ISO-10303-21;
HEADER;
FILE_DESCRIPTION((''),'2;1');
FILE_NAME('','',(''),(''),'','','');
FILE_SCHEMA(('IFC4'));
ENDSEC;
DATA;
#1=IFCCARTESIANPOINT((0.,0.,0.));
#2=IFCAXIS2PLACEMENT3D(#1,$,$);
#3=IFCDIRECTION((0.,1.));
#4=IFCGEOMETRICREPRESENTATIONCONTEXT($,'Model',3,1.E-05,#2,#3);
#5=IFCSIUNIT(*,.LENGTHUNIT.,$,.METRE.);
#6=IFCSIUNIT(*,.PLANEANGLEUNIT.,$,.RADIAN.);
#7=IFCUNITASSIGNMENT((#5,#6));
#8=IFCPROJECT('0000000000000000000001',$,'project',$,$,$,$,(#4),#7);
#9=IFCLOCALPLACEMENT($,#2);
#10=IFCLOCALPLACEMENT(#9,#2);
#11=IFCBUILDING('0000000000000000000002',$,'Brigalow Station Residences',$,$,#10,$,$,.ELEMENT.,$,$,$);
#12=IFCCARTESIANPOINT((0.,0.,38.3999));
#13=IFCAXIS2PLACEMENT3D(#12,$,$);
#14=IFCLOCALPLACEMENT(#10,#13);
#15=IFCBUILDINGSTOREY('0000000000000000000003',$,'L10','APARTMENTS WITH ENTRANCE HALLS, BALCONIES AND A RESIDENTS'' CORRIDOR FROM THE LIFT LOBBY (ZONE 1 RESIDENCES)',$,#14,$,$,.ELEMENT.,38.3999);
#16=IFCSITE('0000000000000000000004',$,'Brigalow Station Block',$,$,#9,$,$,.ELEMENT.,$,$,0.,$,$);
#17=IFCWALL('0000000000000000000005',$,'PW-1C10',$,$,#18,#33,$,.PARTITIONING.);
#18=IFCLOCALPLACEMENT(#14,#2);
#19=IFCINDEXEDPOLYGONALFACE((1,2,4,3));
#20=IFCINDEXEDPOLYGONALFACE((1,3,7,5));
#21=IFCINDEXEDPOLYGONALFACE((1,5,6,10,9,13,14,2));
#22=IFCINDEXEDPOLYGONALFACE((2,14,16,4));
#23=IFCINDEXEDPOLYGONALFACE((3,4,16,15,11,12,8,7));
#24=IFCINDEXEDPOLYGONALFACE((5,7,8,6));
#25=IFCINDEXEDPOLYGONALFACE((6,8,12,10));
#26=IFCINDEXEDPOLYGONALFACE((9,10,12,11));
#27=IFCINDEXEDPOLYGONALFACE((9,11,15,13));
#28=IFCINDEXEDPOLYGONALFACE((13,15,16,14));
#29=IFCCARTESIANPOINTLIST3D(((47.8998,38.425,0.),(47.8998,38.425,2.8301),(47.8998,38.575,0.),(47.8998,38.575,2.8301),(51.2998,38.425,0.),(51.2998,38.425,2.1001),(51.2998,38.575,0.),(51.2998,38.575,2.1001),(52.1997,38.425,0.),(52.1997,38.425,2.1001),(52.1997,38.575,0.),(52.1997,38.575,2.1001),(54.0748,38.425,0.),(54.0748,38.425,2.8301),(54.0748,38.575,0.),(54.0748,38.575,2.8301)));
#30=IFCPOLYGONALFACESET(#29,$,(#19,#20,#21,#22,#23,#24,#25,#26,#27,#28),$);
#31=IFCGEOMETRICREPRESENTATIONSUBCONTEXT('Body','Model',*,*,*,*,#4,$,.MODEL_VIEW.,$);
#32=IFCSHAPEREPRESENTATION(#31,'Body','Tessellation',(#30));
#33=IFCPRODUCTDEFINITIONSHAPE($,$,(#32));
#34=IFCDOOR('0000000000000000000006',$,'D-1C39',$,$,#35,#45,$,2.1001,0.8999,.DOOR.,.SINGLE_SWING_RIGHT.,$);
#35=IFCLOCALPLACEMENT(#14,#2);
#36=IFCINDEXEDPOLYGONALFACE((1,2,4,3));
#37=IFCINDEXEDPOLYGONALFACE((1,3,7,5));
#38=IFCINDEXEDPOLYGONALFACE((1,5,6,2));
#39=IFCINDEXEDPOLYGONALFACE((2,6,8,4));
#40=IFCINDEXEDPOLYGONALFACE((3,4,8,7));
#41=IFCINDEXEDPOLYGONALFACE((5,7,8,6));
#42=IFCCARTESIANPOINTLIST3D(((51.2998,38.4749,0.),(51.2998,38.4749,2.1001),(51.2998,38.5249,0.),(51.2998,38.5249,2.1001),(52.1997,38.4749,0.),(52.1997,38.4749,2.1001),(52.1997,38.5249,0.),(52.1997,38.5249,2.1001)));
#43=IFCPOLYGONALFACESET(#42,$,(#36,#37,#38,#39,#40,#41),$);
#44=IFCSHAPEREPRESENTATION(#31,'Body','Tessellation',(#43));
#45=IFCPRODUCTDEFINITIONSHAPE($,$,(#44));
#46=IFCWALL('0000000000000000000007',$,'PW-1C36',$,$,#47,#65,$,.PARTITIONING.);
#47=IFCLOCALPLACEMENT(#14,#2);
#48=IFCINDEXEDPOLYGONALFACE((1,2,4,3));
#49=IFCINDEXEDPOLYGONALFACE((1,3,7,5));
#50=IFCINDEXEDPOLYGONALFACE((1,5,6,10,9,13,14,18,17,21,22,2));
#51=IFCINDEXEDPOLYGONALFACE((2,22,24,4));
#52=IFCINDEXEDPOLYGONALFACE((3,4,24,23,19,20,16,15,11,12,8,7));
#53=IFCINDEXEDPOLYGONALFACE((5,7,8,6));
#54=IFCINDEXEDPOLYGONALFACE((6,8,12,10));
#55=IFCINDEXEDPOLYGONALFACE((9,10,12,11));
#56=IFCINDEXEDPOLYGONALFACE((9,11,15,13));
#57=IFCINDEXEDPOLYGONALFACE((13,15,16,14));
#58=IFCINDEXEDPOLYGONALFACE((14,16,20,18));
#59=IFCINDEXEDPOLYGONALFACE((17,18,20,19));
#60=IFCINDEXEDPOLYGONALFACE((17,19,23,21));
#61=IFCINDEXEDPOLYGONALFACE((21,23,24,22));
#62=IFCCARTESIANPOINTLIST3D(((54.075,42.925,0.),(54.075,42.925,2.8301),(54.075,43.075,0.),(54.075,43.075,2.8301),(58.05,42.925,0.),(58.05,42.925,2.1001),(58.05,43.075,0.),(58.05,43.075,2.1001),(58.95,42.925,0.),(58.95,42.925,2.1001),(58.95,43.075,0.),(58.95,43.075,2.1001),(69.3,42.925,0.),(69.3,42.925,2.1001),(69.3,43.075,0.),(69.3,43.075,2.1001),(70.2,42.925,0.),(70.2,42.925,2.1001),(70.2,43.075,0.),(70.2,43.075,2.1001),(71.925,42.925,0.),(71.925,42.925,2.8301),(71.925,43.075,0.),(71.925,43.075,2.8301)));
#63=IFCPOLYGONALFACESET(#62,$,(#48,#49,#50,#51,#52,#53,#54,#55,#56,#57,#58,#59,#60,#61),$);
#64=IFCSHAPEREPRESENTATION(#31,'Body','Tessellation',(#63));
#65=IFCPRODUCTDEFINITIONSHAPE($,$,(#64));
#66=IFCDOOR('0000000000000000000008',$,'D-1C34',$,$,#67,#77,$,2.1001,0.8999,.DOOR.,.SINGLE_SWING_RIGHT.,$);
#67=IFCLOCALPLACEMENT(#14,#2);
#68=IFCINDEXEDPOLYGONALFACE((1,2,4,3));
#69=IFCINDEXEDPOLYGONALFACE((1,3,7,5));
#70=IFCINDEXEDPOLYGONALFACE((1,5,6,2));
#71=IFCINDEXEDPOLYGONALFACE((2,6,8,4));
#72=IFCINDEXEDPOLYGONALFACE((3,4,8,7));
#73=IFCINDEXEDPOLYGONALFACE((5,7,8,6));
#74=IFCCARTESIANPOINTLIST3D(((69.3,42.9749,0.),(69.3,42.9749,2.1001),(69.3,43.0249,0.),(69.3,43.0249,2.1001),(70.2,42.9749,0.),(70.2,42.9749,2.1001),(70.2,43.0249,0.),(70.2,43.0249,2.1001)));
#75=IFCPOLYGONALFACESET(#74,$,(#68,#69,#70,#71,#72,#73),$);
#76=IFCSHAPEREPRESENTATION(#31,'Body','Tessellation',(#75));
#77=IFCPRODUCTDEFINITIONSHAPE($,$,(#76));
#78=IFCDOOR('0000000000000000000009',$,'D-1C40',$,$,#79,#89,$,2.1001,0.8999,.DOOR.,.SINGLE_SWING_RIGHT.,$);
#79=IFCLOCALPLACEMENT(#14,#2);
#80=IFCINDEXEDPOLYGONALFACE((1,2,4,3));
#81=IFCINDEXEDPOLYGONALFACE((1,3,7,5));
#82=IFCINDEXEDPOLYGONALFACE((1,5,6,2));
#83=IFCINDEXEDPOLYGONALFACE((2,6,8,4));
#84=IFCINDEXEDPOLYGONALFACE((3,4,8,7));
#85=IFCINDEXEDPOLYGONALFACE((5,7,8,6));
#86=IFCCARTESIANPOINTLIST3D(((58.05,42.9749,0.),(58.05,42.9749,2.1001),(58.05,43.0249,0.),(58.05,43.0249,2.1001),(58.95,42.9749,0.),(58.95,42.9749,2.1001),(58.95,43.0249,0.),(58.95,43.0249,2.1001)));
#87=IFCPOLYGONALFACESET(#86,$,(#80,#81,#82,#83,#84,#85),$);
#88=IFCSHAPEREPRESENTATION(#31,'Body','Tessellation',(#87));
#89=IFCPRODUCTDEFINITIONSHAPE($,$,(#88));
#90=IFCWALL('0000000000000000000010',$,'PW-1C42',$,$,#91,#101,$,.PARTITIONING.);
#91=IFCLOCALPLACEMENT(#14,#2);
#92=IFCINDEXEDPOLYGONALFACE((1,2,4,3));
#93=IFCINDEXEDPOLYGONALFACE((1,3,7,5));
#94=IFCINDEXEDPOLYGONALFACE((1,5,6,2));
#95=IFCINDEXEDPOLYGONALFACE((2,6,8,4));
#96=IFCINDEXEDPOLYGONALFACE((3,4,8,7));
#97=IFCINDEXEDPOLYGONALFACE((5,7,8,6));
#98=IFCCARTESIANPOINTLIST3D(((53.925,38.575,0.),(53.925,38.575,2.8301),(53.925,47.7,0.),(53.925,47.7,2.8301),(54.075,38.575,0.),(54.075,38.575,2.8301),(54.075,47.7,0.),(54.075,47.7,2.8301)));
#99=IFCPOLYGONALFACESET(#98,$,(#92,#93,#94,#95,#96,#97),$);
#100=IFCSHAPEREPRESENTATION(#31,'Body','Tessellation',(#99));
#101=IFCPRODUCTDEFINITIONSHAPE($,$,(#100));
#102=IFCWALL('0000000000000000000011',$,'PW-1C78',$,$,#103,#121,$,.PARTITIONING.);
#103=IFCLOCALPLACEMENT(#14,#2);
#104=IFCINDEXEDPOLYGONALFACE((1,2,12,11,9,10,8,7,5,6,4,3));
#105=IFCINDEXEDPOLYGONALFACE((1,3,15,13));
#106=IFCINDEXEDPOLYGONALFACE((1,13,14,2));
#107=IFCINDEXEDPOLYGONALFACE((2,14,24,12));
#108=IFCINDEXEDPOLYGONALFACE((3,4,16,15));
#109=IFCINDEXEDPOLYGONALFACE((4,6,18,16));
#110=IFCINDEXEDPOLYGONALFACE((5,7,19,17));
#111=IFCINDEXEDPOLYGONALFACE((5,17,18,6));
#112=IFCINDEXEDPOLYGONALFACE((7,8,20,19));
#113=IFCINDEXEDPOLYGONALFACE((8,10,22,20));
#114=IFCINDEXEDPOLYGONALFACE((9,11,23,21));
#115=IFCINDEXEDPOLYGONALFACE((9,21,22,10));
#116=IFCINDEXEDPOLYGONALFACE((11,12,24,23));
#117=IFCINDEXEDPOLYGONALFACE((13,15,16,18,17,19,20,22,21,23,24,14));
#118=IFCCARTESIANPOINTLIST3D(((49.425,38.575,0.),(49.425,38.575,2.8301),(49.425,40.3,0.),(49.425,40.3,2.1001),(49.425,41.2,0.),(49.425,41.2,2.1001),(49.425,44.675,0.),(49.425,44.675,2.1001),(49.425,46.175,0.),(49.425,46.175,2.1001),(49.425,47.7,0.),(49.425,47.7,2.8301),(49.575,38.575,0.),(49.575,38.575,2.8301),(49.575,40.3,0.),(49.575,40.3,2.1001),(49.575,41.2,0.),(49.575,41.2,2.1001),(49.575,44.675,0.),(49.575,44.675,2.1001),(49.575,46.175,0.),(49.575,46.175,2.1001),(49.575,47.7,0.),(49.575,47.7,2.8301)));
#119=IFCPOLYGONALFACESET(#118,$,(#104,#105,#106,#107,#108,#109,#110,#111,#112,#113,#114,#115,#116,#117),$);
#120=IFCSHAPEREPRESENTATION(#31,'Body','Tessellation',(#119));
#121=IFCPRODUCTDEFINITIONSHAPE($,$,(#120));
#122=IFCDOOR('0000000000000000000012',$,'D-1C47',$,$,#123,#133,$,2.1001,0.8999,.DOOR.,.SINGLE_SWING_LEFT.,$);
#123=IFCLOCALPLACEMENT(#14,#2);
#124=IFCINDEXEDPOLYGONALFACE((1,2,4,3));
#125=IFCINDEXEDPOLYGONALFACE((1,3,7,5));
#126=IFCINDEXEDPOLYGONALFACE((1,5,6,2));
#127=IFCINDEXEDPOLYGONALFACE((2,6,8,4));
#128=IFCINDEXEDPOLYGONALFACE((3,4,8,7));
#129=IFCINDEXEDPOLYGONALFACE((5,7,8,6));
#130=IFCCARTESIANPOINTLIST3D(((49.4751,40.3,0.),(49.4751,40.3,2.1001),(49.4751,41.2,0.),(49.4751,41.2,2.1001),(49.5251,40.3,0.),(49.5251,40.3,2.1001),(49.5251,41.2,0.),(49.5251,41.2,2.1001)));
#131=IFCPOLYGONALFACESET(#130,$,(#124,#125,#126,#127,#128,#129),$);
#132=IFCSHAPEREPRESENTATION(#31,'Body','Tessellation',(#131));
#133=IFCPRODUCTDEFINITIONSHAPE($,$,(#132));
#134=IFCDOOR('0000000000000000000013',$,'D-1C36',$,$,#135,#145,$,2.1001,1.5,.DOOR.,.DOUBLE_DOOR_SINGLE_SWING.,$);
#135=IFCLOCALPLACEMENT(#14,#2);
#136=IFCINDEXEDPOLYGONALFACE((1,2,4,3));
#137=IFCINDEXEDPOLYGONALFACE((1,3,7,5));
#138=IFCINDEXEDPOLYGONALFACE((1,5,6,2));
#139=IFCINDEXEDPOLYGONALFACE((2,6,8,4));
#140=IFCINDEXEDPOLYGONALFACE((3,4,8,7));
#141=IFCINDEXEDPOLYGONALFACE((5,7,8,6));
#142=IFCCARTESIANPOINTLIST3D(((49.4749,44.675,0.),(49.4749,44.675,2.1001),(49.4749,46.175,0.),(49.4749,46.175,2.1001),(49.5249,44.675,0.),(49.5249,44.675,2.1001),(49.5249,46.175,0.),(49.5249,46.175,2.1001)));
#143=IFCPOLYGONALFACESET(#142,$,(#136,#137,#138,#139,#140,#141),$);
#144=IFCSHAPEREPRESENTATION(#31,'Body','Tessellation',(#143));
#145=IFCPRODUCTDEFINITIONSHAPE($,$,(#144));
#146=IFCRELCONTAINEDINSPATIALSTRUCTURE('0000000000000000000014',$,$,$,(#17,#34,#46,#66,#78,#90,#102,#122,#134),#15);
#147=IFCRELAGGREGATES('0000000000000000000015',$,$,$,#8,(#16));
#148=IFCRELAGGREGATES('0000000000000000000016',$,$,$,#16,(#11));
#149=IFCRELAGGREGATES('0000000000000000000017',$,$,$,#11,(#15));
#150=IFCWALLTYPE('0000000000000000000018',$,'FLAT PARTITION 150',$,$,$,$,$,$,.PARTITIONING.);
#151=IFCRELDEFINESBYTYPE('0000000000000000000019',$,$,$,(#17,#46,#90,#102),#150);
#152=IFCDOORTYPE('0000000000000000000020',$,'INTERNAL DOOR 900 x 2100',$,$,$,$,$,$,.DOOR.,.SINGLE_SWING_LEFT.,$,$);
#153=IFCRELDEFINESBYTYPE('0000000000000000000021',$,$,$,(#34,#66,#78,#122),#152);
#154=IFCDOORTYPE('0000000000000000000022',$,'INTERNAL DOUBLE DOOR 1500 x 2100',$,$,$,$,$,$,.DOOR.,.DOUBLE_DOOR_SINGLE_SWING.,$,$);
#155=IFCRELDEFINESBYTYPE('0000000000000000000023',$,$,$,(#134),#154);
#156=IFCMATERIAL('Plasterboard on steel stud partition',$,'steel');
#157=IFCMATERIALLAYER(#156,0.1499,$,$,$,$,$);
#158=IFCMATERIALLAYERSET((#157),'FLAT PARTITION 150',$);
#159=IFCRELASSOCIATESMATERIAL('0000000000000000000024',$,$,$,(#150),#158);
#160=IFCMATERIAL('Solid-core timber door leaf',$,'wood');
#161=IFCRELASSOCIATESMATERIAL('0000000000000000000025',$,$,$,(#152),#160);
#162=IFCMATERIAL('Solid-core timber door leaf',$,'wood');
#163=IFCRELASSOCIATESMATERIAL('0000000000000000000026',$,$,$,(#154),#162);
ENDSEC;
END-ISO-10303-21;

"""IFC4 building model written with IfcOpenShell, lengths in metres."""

from ifc_helpers import new_model, si_unit, direction, frame, frame_2d, origin, place, context, subcontext, project, spatial, rectangle, extrude, material, layer, layer_set, type_object, element, fill, save


model = new_model("IFC4")

# Units and contexts
model_context = context("Model", 3, precision=1e-05, world=origin(), true_north=direction((0.0, 1.0)))
body_context = subcontext(model_context, "Body", "Model", "MODEL_VIEW")
ifc_project = project(units=[si_unit("LENGTHUNIT", "METRE"), si_unit("PLANEANGLEUNIT", "RADIAN")], contexts=[model_context])

# Site, building, storey
site_placement = place(None, origin())
site = spatial("IfcSite", under=ifc_project, at=site_placement, Name="Brigalow Station Block", CompositionType="ELEMENT", RefElevation=0.0)
building_placement = place(site_placement, origin())
building = spatial("IfcBuilding", under=site, at=building_placement, Name="Brigalow Station Residences", CompositionType="ELEMENT")
storey_placement = place(building_placement, frame((0.0, 0.0, 38.3999)))
storey = spatial("IfcBuildingStorey", under=building, at=storey_placement, Name="L10", Description="APARTMENTS WITH ENTRANCE HALLS, BALCONIES AND A RESIDENTS' CORRIDOR FROM THE LIFT LOBBY (ZONE 1 RESIDENCES)", CompositionType="ELEMENT", Elevation=38.3999)

# Wall, opening, door
ifc_material_1 = material(Name="Plasterboard on steel stud partition", Category="steel")
ifc_layer_1 = layer(ifc_material_1, 0.1499)
ifc_layer_set_1 = layer_set([ifc_layer_1], Name="FLAT PARTITION 150")
wall_type_1 = type_object("IfcWallType", Name="FLAT PARTITION 150", PredefinedType="PARTITIONING", material=ifc_layer_set_1)
wall_1_placement = place(storey_placement, frame((47.8999, 38.5, 0.0), z_axis=(0.0, 0.0, 1.0), x_axis=(1.0, 0.0, 0.0)))
wall_1 = element("IfcWall", 1, at=wall_1_placement, inside=storey, type_object=wall_type_1, Name="PW-1C10", PredefinedType="PARTITIONING", context=body_context, shape_type="SweptSolid", body=[
    extrude(rectangle(XDim=6.175, YDim=0.1499, at=frame_2d((3.0874, 0.0))), origin(), (0.0, 0.0, 1.0), 2.8301),
])
opening_1_placement = place(wall_1_placement, frame((3.3999, 0.0, 0.0)))
opening_1 = element("IfcOpeningElement", 2, at=opening_1_placement, cuts=wall_1, PredefinedType="OPENING", context=body_context, shape_type="SweptSolid", body=[
    extrude(rectangle(XDim=0.8999, YDim=2.1001, at=frame_2d((0.45, 1.05))), frame((0.0, 0.085, 0.0), z_axis=(0.0, -1.0, 0.0), x_axis=(1.0, 0.0, 0.0)), (0.0, 0.0, 1.0), 0.1699),
])
ifc_material_2 = material(Name="Solid-core timber door leaf", Category="wood")
door_type_1 = type_object("IfcDoorType", Name="INTERNAL DOOR 900 x 2100", OperationType="SINGLE_SWING_LEFT", PredefinedType="DOOR", material=ifc_material_2)
door_1_placement = place(opening_1_placement, origin())
door_1 = element("IfcDoor", 3, at=door_1_placement, inside=storey, type_object=door_type_1, Name="D-1C39", OperationType="SINGLE_SWING_RIGHT", OverallHeight=2.1001, OverallWidth=0.8999, PredefinedType="DOOR", context=body_context, shape_type="SweptSolid", body=[
    extrude(rectangle(XDim=0.8999, YDim=2.1001, at=frame_2d((0.45, 1.05))), frame((0.0, 0.0249, 0.0), z_axis=(0.0, -1.0, 0.0), x_axis=(1.0, 0.0, 0.0)), (0.0, 0.0, 1.0), 0.05),
])
fill(opening_1, door_1)

# Wall, openings, doors
wall_2_placement = place(storey_placement, frame((54.075, 43.0, 0.0), z_axis=(0.0, 0.0, 1.0), x_axis=(1.0, 0.0, 0.0)))
wall_2 = element("IfcWall", 4, at=wall_2_placement, inside=storey, type_object=wall_type_1, Name="PW-1C36", PredefinedType="PARTITIONING", context=body_context, shape_type="SweptSolid", body=[
    extrude(rectangle(XDim=17.8501, YDim=0.1499, at=frame_2d((8.925, 0.0))), origin(), (0.0, 0.0, 1.0), 2.8301),
])
opening_2_placement = place(wall_2_placement, frame((15.2251, 0.0, 0.0)))
opening_2 = element("IfcOpeningElement", 5, at=opening_2_placement, cuts=wall_2, PredefinedType="OPENING", context=body_context, shape_type="SweptSolid", body=[
    extrude(rectangle(XDim=0.8999, YDim=2.1001, at=frame_2d((0.45, 1.05))), frame((0.0, 0.085, 0.0), z_axis=(0.0, -1.0, 0.0), x_axis=(1.0, 0.0, 0.0)), (0.0, 0.0, 1.0), 0.1699),
])
opening_3_placement = place(wall_2_placement, frame((3.9751, 0.0, 0.0)))
opening_3 = element("IfcOpeningElement", 6, at=opening_3_placement, cuts=wall_2, PredefinedType="OPENING", context=body_context, shape_type="SweptSolid", body=[
    extrude(rectangle(XDim=0.8999, YDim=2.1001, at=frame_2d((0.45, 1.05))), frame((0.0, 0.085, 0.0), z_axis=(0.0, -1.0, 0.0), x_axis=(1.0, 0.0, 0.0)), (0.0, 0.0, 1.0), 0.1699),
])
door_2_placement = place(opening_2_placement, origin())
door_2 = element("IfcDoor", 7, at=door_2_placement, inside=storey, type_object=door_type_1, Name="D-1C34", OperationType="SINGLE_SWING_RIGHT", OverallHeight=2.1001, OverallWidth=0.8999, PredefinedType="DOOR", context=body_context, shape_type="SweptSolid", body=[
    extrude(rectangle(XDim=0.8999, YDim=2.1001, at=frame_2d((0.45, 1.05))), frame((0.0, 0.0249, 0.0), z_axis=(0.0, -1.0, 0.0), x_axis=(1.0, 0.0, 0.0)), (0.0, 0.0, 1.0), 0.05),
])
fill(opening_2, door_2)
door_3_placement = place(opening_3_placement, origin())
door_3 = element("IfcDoor", 8, at=door_3_placement, inside=storey, type_object=door_type_1, Name="D-1C40", OperationType="SINGLE_SWING_RIGHT", OverallHeight=2.1001, OverallWidth=0.8999, PredefinedType="DOOR", context=body_context, shape_type="SweptSolid", body=[
    extrude(rectangle(XDim=0.8999, YDim=2.1001, at=frame_2d((0.45, 1.05))), frame((0.0, 0.0249, 0.0), z_axis=(0.0, -1.0, 0.0), x_axis=(1.0, 0.0, 0.0)), (0.0, 0.0, 1.0), 0.05),
])
fill(opening_3, door_3)

# Wall
wall_3_placement = place(storey_placement, frame((54.0, 38.575, 0.0), z_axis=(0.0, 0.0, 1.0), x_axis=(0.0, 1.0, 0.0)))
element("IfcWall", 9, at=wall_3_placement, inside=storey, type_object=wall_type_1, Name="PW-1C42", PredefinedType="PARTITIONING", context=body_context, shape_type="SweptSolid", body=[
    extrude(rectangle(XDim=9.125, YDim=0.1499, at=frame_2d((4.5625, 0.0))), origin(), (0.0, 0.0, 1.0), 2.8301),
])

# Wall, openings, doors
wall_4_placement = place(storey_placement, frame((49.5, 38.575, 0.0), z_axis=(0.0, 0.0, 1.0), x_axis=(0.0, 1.0, 0.0)))
wall_4 = element("IfcWall", 10, at=wall_4_placement, inside=storey, type_object=wall_type_1, Name="PW-1C78", PredefinedType="PARTITIONING", context=body_context, shape_type="SweptSolid", body=[
    extrude(rectangle(XDim=9.125, YDim=0.1499, at=frame_2d((4.5625, 0.0))), origin(), (0.0, 0.0, 1.0), 2.8301),
])
opening_4_placement = place(wall_4_placement, frame((6.1001, 0.0, 0.0)))
opening_4 = element("IfcOpeningElement", 11, at=opening_4_placement, cuts=wall_4, PredefinedType="OPENING", context=body_context, shape_type="SweptSolid", body=[
    extrude(rectangle(XDim=1.5, YDim=2.1001, at=frame_2d((0.75, 1.05))), frame((0.0, 0.085, 0.0), z_axis=(0.0, -1.0, 0.0), x_axis=(1.0, 0.0, 0.0)), (0.0, 0.0, 1.0), 0.1699),
])
opening_5_placement = place(wall_4_placement, frame((1.7251, 0.0, 0.0)))
opening_5 = element("IfcOpeningElement", 12, at=opening_5_placement, cuts=wall_4, PredefinedType="OPENING", context=body_context, shape_type="SweptSolid", body=[
    extrude(rectangle(XDim=0.8999, YDim=2.1001, at=frame_2d((0.45, 1.05))), frame((0.0, 0.085, 0.0), z_axis=(0.0, -1.0, 0.0), x_axis=(1.0, 0.0, 0.0)), (0.0, 0.0, 1.0), 0.1699),
])
door_4_placement = place(opening_5_placement, origin())
door_4 = element("IfcDoor", 13, at=door_4_placement, inside=storey, type_object=door_type_1, Name="D-1C47", OperationType="SINGLE_SWING_LEFT", OverallHeight=2.1001, OverallWidth=0.8999, PredefinedType="DOOR", context=body_context, shape_type="SweptSolid", body=[
    extrude(rectangle(XDim=0.8999, YDim=2.1001, at=frame_2d((0.45, 1.05))), frame((0.0, 0.0249, 0.0), z_axis=(0.0, -1.0, 0.0), x_axis=(1.0, 0.0, 0.0)), (0.0, 0.0, 1.0), 0.05),
])
fill(opening_5, door_4)
ifc_material_3 = material(Name="Solid-core timber door leaf", Category="wood")
door_type_2 = type_object("IfcDoorType", Name="INTERNAL DOUBLE DOOR 1500 x 2100", OperationType="DOUBLE_DOOR_SINGLE_SWING", PredefinedType="DOOR", material=ifc_material_3)
door_5_placement = place(opening_4_placement, frame((1.5, 0.0, 0.0), z_axis=(0.0, 0.0, 1.0), x_axis=(-1.0, 0.0, 0.0)))
door_5 = element("IfcDoor", 14, at=door_5_placement, inside=storey, type_object=door_type_2, Name="D-1C36", OperationType="DOUBLE_DOOR_SINGLE_SWING", OverallHeight=2.1001, OverallWidth=1.5, PredefinedType="DOOR", context=body_context, shape_type="SweptSolid", body=[
    extrude(rectangle(XDim=1.5, YDim=2.1001, at=frame_2d((0.75, 1.05))), frame((0.0, 0.0249, 0.0), z_axis=(0.0, -1.0, 0.0), x_axis=(1.0, 0.0, 0.0)), (0.0, 0.0, 1.0), 0.05),
])
fill(opening_4, door_5)

save(model, "model.ifc")
